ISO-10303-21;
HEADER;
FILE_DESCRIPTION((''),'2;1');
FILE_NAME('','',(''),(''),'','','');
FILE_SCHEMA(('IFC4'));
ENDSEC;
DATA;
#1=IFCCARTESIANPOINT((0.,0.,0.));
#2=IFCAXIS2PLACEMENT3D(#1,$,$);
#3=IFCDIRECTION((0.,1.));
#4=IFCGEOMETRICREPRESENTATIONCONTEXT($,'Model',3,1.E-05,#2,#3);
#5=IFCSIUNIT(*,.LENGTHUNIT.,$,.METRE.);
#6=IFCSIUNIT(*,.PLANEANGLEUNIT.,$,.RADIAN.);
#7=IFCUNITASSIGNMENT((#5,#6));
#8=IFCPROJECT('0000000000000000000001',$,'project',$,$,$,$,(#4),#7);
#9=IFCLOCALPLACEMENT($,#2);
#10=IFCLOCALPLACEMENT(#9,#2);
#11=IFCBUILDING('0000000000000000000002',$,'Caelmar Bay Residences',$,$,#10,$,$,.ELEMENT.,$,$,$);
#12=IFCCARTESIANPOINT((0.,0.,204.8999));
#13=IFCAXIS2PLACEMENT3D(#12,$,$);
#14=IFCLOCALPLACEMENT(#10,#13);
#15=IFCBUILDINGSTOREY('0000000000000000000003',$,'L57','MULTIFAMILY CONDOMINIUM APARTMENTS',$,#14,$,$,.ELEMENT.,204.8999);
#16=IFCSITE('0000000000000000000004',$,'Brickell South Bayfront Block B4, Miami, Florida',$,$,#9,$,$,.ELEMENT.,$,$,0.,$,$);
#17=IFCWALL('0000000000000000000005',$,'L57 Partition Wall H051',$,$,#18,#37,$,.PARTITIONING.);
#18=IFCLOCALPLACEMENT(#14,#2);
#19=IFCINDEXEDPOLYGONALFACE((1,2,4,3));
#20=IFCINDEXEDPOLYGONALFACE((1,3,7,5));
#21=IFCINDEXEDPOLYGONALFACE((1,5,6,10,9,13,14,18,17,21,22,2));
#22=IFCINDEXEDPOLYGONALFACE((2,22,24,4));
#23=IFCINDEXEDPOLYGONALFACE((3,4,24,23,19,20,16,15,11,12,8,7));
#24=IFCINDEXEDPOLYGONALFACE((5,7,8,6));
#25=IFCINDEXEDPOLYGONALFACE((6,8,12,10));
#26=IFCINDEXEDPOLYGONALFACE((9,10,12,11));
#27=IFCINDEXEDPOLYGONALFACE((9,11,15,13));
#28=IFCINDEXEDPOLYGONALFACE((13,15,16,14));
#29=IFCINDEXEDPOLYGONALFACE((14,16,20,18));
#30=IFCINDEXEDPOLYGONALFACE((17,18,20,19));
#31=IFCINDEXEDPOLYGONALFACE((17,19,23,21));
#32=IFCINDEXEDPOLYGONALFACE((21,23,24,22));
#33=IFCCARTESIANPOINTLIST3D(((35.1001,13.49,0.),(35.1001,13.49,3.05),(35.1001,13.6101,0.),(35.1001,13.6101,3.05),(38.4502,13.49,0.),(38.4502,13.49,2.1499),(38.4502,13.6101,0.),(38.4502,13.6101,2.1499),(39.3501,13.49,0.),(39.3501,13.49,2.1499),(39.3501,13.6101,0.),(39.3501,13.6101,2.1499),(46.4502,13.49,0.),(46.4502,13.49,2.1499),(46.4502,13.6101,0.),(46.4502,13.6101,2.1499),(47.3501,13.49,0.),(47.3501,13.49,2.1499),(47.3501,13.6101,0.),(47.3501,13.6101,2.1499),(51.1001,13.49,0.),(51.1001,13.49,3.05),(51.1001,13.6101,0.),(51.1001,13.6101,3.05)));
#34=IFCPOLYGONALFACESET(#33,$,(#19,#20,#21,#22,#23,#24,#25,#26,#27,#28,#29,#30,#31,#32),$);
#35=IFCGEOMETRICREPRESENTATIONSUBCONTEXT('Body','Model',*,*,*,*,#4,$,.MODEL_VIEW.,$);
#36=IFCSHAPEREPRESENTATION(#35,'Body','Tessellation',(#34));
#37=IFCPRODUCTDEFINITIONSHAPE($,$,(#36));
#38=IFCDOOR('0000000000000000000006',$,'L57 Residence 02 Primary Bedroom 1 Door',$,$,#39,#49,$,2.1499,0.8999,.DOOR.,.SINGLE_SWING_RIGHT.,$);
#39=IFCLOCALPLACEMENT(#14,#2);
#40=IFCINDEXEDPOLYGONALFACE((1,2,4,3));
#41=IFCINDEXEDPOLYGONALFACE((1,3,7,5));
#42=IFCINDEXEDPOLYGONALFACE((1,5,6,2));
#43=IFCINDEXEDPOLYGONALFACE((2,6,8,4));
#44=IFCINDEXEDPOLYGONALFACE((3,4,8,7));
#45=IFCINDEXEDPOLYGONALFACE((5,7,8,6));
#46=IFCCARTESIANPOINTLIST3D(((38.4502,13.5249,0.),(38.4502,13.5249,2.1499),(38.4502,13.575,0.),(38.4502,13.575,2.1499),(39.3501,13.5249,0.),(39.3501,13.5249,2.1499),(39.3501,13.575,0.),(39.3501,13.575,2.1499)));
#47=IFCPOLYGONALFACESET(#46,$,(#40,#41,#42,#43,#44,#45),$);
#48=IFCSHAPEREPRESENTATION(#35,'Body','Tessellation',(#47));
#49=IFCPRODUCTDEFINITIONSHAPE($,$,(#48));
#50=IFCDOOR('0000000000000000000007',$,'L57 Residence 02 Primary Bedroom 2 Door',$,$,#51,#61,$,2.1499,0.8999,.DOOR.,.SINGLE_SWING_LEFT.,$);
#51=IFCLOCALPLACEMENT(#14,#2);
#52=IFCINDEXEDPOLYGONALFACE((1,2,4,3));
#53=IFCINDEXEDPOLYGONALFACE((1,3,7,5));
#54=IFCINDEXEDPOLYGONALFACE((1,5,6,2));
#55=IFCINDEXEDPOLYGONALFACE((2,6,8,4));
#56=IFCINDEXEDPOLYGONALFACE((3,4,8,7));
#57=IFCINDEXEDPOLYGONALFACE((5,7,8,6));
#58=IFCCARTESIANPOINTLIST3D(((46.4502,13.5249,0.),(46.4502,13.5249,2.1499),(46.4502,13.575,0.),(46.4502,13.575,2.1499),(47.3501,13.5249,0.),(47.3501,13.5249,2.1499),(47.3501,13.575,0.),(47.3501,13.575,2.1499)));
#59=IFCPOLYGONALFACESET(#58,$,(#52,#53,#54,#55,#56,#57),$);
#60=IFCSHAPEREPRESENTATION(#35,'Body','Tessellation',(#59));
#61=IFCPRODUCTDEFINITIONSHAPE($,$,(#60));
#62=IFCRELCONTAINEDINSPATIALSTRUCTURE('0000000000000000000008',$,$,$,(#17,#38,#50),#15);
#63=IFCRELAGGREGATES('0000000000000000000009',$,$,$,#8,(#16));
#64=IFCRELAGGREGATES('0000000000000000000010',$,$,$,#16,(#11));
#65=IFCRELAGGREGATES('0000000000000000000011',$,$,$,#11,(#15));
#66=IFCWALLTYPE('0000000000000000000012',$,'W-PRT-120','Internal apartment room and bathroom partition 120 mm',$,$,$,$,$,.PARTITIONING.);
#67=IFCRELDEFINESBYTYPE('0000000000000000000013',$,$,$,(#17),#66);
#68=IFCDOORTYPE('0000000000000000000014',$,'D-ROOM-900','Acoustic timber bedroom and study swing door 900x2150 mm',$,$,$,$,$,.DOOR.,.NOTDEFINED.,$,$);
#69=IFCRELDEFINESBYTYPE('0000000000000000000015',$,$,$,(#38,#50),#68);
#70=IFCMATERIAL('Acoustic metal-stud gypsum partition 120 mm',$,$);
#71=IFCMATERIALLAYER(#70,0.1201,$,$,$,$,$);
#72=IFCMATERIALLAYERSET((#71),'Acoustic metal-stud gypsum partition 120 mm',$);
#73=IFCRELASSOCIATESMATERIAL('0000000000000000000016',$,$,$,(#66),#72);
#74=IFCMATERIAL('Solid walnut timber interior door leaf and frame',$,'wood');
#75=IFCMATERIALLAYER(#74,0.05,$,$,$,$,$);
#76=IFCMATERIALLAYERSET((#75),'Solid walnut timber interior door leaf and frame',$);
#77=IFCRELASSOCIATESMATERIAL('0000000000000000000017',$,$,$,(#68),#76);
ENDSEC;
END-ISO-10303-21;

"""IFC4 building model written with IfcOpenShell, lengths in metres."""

from ifc_helpers import new_model, si_unit, direction, frame, frame_2d, origin, place, context, subcontext, project, spatial, rectangle, extrude, material, layer, layer_set, type_object, element, fill, save


model = new_model("IFC4")

# Units and contexts
model_context = context("Model", 3, precision=1e-05, world=origin(), true_north=direction((0.0, 1.0)))
body_context = subcontext(model_context, "Body", "Model", "MODEL_VIEW")
ifc_project = project(units=[si_unit("LENGTHUNIT", "METRE"), si_unit("PLANEANGLEUNIT", "RADIAN")], contexts=[model_context])

# Site, building, storey
site_placement = place(None, origin())
site = spatial("IfcSite", under=ifc_project, at=site_placement, Name="Brickell South Bayfront Block B4, Miami, Florida", CompositionType="ELEMENT", RefElevation=0.0)
building_placement = place(site_placement, origin())
building = spatial("IfcBuilding", under=site, at=building_placement, Name="Caelmar Bay Residences", CompositionType="ELEMENT")
storey_placement = place(building_placement, frame((0.0, 0.0, 204.8999)))
storey = spatial("IfcBuildingStorey", under=building, at=storey_placement, Name="L57", Description="MULTIFAMILY CONDOMINIUM APARTMENTS", CompositionType="ELEMENT", Elevation=204.8999)

# Shared definitions
ifc_material_1 = material(Name="Acoustic metal-stud gypsum partition 120 mm")
ifc_layer_1 = layer(ifc_material_1, 0.1201)
ifc_layer_set_1 = layer_set([ifc_layer_1], Name="Acoustic metal-stud gypsum partition 120 mm")
wall_type = type_object("IfcWallType", Name="W-PRT-120", Description="Internal apartment room and bathroom partition 120 mm", PredefinedType="PARTITIONING", material=ifc_layer_set_1)

# Shared definitions
ifc_material_2 = material(Name="Solid walnut timber interior door leaf and frame", Category="wood")
ifc_layer_2 = layer(ifc_material_2, 0.05)
ifc_layer_set_2 = layer_set([ifc_layer_2], Name="Solid walnut timber interior door leaf and frame")
door_type = type_object("IfcDoorType", Name="D-ROOM-900", Description="Acoustic timber bedroom and study swing door 900x2150 mm", OperationType="NOTDEFINED", PredefinedType="DOOR", material=ifc_layer_set_2)

# Wall, openings, doors
wall_1_placement = place(storey_placement, frame((35.1001, 13.55, 0.0), z_axis=(0.0, 0.0, 1.0), x_axis=(1.0, 0.0, 0.0)))
wall_1 = element("IfcWall", 1, at=wall_1_placement, inside=storey, type_object=wall_type, Name="L57 Partition Wall H051", PredefinedType="PARTITIONING", context=body_context, shape_type="SweptSolid", body=[
    extrude(rectangle(XDim=16.0, YDim=0.1201, at=frame_2d((8.0, 0.0))), origin(), (0.0, 0.0, 1.0), 3.05),
])
opening_1_placement = place(wall_1_placement, frame((3.3501, 0.0, 0.0)))
opening_1 = element("IfcOpeningElement", 2, at=opening_1_placement, cuts=wall_1, PredefinedType="OPENING", context=body_context, shape_type="SweptSolid", body=[
    extrude(rectangle(XDim=0.8999, YDim=2.1499, at=frame_2d((0.45, 1.075))), frame((0.0, 0.0701, 0.0), z_axis=(0.0, -1.0, 0.0), x_axis=(1.0, 0.0, 0.0)), (0.0, 0.0, 1.0), 0.1401),
])
opening_2_placement = place(wall_1_placement, frame((11.3501, 0.0, 0.0)))
opening_2 = element("IfcOpeningElement", 3, at=opening_2_placement, cuts=wall_1, PredefinedType="OPENING", context=body_context, shape_type="SweptSolid", body=[
    extrude(rectangle(XDim=0.8999, YDim=2.1499, at=frame_2d((0.45, 1.075))), frame((0.0, 0.0701, 0.0), z_axis=(0.0, -1.0, 0.0), x_axis=(1.0, 0.0, 0.0)), (0.0, 0.0, 1.0), 0.1401),
])
door_1_placement = place(opening_1_placement, origin())
door_1 = element("IfcDoor", 4, at=door_1_placement, inside=storey, type_object=door_type, Name="L57 Residence 02 Primary Bedroom 1 Door", OperationType="SINGLE_SWING_RIGHT", OverallHeight=2.1499, OverallWidth=0.8999, PredefinedType="DOOR", context=body_context, shape_type="SweptSolid", body=[
    extrude(rectangle(XDim=0.8999, YDim=2.1499, at=frame_2d((0.45, 1.075))), frame((0.0, 0.0249, 0.0), z_axis=(0.0, -1.0, 0.0), x_axis=(1.0, 0.0, 0.0)), (0.0, 0.0, 1.0), 0.05),
])
fill(opening_1, door_1)
door_2_placement = place(opening_2_placement, origin())
door_2 = element("IfcDoor", 5, at=door_2_placement, inside=storey, type_object=door_type, Name="L57 Residence 02 Primary Bedroom 2 Door", OperationType="SINGLE_SWING_LEFT", OverallHeight=2.1499, OverallWidth=0.8999, PredefinedType="DOOR", context=body_context, shape_type="SweptSolid", body=[
    extrude(rectangle(XDim=0.8999, YDim=2.1499, at=frame_2d((0.45, 1.075))), frame((0.0, 0.0249, 0.0), z_axis=(0.0, -1.0, 0.0), x_axis=(1.0, 0.0, 0.0)), (0.0, 0.0, 1.0), 0.05),
])
fill(opening_2, door_2)

save(model, "model.ifc")
